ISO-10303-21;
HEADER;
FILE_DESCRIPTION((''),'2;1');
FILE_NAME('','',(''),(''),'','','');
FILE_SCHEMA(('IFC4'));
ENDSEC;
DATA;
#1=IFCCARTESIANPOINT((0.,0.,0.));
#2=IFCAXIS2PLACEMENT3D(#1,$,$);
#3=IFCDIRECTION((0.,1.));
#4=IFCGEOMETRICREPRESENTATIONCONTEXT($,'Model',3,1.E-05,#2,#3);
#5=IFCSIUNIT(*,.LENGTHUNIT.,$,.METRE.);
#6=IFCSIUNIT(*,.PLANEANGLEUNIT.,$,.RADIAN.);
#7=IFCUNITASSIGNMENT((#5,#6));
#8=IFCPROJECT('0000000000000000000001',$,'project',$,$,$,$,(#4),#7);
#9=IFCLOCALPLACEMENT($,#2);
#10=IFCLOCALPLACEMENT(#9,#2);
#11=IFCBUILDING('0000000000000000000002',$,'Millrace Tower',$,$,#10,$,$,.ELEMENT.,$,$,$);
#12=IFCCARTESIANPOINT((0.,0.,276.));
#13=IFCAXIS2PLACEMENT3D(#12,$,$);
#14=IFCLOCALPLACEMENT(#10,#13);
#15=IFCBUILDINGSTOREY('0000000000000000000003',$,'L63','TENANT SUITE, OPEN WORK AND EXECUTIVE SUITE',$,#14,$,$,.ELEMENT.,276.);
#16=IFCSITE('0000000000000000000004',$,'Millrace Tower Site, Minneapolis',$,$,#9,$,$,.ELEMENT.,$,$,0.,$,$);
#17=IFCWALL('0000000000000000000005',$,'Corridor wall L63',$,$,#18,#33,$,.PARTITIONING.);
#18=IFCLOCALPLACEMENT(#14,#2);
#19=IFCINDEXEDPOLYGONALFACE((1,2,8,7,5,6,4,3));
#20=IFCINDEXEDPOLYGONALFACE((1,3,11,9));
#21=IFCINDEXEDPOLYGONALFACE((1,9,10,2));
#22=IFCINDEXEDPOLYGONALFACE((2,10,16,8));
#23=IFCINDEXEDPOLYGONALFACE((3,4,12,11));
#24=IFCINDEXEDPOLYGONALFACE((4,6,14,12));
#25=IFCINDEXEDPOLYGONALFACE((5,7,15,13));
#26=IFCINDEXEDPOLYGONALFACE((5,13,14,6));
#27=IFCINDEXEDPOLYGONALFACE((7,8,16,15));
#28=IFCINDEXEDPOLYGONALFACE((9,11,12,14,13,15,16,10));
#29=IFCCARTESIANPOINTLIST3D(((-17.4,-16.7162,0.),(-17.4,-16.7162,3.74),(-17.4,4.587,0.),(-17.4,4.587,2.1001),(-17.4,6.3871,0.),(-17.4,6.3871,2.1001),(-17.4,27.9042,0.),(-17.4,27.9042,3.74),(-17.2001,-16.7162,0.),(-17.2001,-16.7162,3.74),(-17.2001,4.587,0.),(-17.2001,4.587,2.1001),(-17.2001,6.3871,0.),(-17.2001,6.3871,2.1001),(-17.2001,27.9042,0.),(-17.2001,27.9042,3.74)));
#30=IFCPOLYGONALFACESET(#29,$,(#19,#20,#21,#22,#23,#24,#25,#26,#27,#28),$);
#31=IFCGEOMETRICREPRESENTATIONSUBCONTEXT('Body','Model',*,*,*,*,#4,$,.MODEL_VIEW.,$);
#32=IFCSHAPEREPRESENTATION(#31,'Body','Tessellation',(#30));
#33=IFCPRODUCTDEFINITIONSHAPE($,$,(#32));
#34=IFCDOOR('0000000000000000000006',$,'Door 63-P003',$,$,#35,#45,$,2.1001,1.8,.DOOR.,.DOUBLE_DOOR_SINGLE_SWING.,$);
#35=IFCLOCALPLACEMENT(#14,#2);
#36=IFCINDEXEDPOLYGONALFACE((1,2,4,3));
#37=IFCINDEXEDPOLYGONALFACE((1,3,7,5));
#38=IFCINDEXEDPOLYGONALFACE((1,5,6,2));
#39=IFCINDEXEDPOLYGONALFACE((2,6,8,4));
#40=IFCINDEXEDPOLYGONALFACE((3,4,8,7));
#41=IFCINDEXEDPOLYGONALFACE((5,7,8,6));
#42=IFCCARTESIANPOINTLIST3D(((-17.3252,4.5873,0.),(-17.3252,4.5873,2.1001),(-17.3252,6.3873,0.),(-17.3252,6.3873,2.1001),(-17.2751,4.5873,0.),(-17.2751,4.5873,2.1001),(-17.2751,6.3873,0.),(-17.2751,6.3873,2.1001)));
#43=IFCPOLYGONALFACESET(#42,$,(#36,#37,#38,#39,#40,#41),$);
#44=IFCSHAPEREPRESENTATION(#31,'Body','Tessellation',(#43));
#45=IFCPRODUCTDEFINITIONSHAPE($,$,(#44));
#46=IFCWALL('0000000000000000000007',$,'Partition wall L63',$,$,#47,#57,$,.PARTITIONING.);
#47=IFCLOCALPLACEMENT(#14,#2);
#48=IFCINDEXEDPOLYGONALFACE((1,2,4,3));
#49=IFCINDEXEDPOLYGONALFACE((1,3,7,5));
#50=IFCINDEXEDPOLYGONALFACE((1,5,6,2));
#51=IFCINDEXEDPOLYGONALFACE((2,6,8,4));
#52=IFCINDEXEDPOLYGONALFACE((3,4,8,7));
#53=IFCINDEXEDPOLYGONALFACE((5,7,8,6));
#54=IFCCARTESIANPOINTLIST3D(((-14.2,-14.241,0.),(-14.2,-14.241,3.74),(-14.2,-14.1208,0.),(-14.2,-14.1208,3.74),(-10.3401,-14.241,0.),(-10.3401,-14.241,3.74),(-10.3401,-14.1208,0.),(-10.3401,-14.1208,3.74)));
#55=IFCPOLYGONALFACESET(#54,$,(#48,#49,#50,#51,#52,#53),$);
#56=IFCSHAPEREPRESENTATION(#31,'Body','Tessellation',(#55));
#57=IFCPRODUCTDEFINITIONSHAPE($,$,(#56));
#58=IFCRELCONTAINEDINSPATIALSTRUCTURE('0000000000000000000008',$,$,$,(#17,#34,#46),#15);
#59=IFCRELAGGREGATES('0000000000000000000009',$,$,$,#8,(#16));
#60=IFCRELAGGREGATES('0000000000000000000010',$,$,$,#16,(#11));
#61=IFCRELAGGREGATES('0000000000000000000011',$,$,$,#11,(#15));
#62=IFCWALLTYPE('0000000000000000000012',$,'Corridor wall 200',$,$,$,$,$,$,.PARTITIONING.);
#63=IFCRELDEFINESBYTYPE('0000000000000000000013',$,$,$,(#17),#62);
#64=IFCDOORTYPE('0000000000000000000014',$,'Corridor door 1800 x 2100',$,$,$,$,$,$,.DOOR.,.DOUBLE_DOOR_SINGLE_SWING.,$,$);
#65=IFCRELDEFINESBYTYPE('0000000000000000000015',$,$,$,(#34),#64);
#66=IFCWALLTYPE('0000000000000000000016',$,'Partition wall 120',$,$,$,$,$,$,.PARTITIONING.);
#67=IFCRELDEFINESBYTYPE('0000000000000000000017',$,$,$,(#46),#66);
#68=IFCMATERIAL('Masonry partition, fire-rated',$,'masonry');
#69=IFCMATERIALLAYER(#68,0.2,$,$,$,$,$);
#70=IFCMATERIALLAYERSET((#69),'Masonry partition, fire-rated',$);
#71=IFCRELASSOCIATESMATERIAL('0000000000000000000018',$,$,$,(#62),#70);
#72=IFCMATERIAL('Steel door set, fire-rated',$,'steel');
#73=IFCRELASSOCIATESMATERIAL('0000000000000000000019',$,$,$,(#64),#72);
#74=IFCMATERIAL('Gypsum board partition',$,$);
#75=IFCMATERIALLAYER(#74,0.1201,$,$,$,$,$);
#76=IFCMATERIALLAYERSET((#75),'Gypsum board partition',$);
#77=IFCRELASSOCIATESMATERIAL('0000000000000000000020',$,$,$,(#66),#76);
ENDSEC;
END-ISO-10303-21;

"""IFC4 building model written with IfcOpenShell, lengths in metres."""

from ifc_helpers import new_model, si_unit, direction, frame, frame_2d, origin, place, context, subcontext, project, spatial, rectangle, extrude, material, layer, layer_set, type_object, element, fill, save


model = new_model("IFC4")

# Units and contexts
model_context = context("Model", 3, precision=1e-05, world=origin(), true_north=direction((0.0, 1.0)))
body_context = subcontext(model_context, "Body", "Model", "MODEL_VIEW")
ifc_project = project(units=[si_unit("LENGTHUNIT", "METRE"), si_unit("PLANEANGLEUNIT", "RADIAN")], contexts=[model_context])

# Site, building, storey
site_placement = place(None, origin())
site = spatial("IfcSite", under=ifc_project, at=site_placement, Name="Millrace Tower Site, Minneapolis", CompositionType="ELEMENT", RefElevation=0.0)
building_placement = place(site_placement, origin())
building = spatial("IfcBuilding", under=site, at=building_placement, Name="Millrace Tower", CompositionType="ELEMENT")
storey_placement = place(building_placement, frame((0.0, 0.0, 276.0)))
storey = spatial("IfcBuildingStorey", under=building, at=storey_placement, Name="L63", Description="TENANT SUITE, OPEN WORK AND EXECUTIVE SUITE", CompositionType="ELEMENT", Elevation=276.0)

# Shared definitions
ifc_material_1 = material(Name="Masonry partition, fire-rated", Category="masonry")
ifc_layer_1 = layer(ifc_material_1, 0.2)
ifc_layer_set_1 = layer_set([ifc_layer_1], Name="Masonry partition, fire-rated")
wall_type_1 = type_object("IfcWallType", Name="Corridor wall 200", PredefinedType="PARTITIONING", material=ifc_layer_set_1)

# Shared definitions
ifc_material_2 = material(Name="Steel door set, fire-rated", Category="steel")
door_type_1 = type_object("IfcDoorType", Name="Corridor door 1800 x 2100", OperationType="DOUBLE_DOOR_SINGLE_SWING", PredefinedType="DOOR", material=ifc_material_2)

# Wall, opening, door
wall_1_placement = place(storey_placement, frame((-17.3, -16.7161, 0.0), z_axis=(0.0, 0.0, 1.0), x_axis=(0.0, 1.0, 0.0)))
wall_1 = element("IfcWall", 1, at=wall_1_placement, inside=storey, type_object=wall_type_1, Name="Corridor wall L63", PredefinedType="PARTITIONING", context=body_context, shape_type="SweptSolid", body=[
    extrude(rectangle(XDim=44.6204, YDim=0.2, at=frame_2d((22.3101, 0.0))), origin(), (0.0, 0.0, 1.0), 3.74),
])
opening_1_placement = place(wall_1_placement, frame((21.3032, 0.0, 0.0)))
opening_1 = element("IfcOpeningElement", 2, at=opening_1_placement, cuts=wall_1, PredefinedType="OPENING", context=body_context, shape_type="SweptSolid", body=[
    extrude(rectangle(XDim=1.8, YDim=2.1001, at=frame_2d((0.8999, 1.05))), frame((0.0, 0.1099, 0.0), z_axis=(0.0, -1.0, 0.0), x_axis=(1.0, 0.0, 0.0)), (0.0, 0.0, 1.0), 0.22),
])
door_1_placement = place(opening_1_placement, frame((1.8, 0.0, 0.0), z_axis=(0.0, 0.0, 1.0), x_axis=(-1.0, 0.0, 0.0)))
door_1 = element("IfcDoor", 3, at=door_1_placement, inside=storey, type_object=door_type_1, Name="Door 63-P003", OperationType="DOUBLE_DOOR_SINGLE_SWING", OverallHeight=2.1001, OverallWidth=1.8, PredefinedType="DOOR", context=body_context, shape_type="SweptSolid", body=[
    extrude(rectangle(XDim=1.8, YDim=2.1001, at=frame_2d((0.8999, 1.05))), frame((0.0, 0.0249, 0.0), z_axis=(0.0, -1.0, 0.0), x_axis=(1.0, 0.0, 0.0)), (0.0, 0.0, 1.0), 0.05),
])
fill(opening_1, door_1)

# Wall
ifc_material_3 = material(Name="Gypsum board partition")
ifc_layer_2 = layer(ifc_material_3, 0.1201)
ifc_layer_set_2 = layer_set([ifc_layer_2], Name="Gypsum board partition")
wall_type_2 = type_object("IfcWallType", Name="Partition wall 120", PredefinedType="PARTITIONING", material=ifc_layer_set_2)
wall_2_placement = place(storey_placement, frame((-14.2, -14.1809, 0.0), z_axis=(0.0, 0.0, 1.0), x_axis=(1.0, 0.0, 0.0)))
element("IfcWall", 4, at=wall_2_placement, inside=storey, type_object=wall_type_2, Name="Partition wall L63", PredefinedType="PARTITIONING", context=body_context, shape_type="SweptSolid", body=[
    extrude(rectangle(XDim=3.8599, YDim=0.1201, at=frame_2d((1.9299, 0.0))), origin(), (0.0, 0.0, 1.0), 3.74),
])

save(model, "model.ifc")
